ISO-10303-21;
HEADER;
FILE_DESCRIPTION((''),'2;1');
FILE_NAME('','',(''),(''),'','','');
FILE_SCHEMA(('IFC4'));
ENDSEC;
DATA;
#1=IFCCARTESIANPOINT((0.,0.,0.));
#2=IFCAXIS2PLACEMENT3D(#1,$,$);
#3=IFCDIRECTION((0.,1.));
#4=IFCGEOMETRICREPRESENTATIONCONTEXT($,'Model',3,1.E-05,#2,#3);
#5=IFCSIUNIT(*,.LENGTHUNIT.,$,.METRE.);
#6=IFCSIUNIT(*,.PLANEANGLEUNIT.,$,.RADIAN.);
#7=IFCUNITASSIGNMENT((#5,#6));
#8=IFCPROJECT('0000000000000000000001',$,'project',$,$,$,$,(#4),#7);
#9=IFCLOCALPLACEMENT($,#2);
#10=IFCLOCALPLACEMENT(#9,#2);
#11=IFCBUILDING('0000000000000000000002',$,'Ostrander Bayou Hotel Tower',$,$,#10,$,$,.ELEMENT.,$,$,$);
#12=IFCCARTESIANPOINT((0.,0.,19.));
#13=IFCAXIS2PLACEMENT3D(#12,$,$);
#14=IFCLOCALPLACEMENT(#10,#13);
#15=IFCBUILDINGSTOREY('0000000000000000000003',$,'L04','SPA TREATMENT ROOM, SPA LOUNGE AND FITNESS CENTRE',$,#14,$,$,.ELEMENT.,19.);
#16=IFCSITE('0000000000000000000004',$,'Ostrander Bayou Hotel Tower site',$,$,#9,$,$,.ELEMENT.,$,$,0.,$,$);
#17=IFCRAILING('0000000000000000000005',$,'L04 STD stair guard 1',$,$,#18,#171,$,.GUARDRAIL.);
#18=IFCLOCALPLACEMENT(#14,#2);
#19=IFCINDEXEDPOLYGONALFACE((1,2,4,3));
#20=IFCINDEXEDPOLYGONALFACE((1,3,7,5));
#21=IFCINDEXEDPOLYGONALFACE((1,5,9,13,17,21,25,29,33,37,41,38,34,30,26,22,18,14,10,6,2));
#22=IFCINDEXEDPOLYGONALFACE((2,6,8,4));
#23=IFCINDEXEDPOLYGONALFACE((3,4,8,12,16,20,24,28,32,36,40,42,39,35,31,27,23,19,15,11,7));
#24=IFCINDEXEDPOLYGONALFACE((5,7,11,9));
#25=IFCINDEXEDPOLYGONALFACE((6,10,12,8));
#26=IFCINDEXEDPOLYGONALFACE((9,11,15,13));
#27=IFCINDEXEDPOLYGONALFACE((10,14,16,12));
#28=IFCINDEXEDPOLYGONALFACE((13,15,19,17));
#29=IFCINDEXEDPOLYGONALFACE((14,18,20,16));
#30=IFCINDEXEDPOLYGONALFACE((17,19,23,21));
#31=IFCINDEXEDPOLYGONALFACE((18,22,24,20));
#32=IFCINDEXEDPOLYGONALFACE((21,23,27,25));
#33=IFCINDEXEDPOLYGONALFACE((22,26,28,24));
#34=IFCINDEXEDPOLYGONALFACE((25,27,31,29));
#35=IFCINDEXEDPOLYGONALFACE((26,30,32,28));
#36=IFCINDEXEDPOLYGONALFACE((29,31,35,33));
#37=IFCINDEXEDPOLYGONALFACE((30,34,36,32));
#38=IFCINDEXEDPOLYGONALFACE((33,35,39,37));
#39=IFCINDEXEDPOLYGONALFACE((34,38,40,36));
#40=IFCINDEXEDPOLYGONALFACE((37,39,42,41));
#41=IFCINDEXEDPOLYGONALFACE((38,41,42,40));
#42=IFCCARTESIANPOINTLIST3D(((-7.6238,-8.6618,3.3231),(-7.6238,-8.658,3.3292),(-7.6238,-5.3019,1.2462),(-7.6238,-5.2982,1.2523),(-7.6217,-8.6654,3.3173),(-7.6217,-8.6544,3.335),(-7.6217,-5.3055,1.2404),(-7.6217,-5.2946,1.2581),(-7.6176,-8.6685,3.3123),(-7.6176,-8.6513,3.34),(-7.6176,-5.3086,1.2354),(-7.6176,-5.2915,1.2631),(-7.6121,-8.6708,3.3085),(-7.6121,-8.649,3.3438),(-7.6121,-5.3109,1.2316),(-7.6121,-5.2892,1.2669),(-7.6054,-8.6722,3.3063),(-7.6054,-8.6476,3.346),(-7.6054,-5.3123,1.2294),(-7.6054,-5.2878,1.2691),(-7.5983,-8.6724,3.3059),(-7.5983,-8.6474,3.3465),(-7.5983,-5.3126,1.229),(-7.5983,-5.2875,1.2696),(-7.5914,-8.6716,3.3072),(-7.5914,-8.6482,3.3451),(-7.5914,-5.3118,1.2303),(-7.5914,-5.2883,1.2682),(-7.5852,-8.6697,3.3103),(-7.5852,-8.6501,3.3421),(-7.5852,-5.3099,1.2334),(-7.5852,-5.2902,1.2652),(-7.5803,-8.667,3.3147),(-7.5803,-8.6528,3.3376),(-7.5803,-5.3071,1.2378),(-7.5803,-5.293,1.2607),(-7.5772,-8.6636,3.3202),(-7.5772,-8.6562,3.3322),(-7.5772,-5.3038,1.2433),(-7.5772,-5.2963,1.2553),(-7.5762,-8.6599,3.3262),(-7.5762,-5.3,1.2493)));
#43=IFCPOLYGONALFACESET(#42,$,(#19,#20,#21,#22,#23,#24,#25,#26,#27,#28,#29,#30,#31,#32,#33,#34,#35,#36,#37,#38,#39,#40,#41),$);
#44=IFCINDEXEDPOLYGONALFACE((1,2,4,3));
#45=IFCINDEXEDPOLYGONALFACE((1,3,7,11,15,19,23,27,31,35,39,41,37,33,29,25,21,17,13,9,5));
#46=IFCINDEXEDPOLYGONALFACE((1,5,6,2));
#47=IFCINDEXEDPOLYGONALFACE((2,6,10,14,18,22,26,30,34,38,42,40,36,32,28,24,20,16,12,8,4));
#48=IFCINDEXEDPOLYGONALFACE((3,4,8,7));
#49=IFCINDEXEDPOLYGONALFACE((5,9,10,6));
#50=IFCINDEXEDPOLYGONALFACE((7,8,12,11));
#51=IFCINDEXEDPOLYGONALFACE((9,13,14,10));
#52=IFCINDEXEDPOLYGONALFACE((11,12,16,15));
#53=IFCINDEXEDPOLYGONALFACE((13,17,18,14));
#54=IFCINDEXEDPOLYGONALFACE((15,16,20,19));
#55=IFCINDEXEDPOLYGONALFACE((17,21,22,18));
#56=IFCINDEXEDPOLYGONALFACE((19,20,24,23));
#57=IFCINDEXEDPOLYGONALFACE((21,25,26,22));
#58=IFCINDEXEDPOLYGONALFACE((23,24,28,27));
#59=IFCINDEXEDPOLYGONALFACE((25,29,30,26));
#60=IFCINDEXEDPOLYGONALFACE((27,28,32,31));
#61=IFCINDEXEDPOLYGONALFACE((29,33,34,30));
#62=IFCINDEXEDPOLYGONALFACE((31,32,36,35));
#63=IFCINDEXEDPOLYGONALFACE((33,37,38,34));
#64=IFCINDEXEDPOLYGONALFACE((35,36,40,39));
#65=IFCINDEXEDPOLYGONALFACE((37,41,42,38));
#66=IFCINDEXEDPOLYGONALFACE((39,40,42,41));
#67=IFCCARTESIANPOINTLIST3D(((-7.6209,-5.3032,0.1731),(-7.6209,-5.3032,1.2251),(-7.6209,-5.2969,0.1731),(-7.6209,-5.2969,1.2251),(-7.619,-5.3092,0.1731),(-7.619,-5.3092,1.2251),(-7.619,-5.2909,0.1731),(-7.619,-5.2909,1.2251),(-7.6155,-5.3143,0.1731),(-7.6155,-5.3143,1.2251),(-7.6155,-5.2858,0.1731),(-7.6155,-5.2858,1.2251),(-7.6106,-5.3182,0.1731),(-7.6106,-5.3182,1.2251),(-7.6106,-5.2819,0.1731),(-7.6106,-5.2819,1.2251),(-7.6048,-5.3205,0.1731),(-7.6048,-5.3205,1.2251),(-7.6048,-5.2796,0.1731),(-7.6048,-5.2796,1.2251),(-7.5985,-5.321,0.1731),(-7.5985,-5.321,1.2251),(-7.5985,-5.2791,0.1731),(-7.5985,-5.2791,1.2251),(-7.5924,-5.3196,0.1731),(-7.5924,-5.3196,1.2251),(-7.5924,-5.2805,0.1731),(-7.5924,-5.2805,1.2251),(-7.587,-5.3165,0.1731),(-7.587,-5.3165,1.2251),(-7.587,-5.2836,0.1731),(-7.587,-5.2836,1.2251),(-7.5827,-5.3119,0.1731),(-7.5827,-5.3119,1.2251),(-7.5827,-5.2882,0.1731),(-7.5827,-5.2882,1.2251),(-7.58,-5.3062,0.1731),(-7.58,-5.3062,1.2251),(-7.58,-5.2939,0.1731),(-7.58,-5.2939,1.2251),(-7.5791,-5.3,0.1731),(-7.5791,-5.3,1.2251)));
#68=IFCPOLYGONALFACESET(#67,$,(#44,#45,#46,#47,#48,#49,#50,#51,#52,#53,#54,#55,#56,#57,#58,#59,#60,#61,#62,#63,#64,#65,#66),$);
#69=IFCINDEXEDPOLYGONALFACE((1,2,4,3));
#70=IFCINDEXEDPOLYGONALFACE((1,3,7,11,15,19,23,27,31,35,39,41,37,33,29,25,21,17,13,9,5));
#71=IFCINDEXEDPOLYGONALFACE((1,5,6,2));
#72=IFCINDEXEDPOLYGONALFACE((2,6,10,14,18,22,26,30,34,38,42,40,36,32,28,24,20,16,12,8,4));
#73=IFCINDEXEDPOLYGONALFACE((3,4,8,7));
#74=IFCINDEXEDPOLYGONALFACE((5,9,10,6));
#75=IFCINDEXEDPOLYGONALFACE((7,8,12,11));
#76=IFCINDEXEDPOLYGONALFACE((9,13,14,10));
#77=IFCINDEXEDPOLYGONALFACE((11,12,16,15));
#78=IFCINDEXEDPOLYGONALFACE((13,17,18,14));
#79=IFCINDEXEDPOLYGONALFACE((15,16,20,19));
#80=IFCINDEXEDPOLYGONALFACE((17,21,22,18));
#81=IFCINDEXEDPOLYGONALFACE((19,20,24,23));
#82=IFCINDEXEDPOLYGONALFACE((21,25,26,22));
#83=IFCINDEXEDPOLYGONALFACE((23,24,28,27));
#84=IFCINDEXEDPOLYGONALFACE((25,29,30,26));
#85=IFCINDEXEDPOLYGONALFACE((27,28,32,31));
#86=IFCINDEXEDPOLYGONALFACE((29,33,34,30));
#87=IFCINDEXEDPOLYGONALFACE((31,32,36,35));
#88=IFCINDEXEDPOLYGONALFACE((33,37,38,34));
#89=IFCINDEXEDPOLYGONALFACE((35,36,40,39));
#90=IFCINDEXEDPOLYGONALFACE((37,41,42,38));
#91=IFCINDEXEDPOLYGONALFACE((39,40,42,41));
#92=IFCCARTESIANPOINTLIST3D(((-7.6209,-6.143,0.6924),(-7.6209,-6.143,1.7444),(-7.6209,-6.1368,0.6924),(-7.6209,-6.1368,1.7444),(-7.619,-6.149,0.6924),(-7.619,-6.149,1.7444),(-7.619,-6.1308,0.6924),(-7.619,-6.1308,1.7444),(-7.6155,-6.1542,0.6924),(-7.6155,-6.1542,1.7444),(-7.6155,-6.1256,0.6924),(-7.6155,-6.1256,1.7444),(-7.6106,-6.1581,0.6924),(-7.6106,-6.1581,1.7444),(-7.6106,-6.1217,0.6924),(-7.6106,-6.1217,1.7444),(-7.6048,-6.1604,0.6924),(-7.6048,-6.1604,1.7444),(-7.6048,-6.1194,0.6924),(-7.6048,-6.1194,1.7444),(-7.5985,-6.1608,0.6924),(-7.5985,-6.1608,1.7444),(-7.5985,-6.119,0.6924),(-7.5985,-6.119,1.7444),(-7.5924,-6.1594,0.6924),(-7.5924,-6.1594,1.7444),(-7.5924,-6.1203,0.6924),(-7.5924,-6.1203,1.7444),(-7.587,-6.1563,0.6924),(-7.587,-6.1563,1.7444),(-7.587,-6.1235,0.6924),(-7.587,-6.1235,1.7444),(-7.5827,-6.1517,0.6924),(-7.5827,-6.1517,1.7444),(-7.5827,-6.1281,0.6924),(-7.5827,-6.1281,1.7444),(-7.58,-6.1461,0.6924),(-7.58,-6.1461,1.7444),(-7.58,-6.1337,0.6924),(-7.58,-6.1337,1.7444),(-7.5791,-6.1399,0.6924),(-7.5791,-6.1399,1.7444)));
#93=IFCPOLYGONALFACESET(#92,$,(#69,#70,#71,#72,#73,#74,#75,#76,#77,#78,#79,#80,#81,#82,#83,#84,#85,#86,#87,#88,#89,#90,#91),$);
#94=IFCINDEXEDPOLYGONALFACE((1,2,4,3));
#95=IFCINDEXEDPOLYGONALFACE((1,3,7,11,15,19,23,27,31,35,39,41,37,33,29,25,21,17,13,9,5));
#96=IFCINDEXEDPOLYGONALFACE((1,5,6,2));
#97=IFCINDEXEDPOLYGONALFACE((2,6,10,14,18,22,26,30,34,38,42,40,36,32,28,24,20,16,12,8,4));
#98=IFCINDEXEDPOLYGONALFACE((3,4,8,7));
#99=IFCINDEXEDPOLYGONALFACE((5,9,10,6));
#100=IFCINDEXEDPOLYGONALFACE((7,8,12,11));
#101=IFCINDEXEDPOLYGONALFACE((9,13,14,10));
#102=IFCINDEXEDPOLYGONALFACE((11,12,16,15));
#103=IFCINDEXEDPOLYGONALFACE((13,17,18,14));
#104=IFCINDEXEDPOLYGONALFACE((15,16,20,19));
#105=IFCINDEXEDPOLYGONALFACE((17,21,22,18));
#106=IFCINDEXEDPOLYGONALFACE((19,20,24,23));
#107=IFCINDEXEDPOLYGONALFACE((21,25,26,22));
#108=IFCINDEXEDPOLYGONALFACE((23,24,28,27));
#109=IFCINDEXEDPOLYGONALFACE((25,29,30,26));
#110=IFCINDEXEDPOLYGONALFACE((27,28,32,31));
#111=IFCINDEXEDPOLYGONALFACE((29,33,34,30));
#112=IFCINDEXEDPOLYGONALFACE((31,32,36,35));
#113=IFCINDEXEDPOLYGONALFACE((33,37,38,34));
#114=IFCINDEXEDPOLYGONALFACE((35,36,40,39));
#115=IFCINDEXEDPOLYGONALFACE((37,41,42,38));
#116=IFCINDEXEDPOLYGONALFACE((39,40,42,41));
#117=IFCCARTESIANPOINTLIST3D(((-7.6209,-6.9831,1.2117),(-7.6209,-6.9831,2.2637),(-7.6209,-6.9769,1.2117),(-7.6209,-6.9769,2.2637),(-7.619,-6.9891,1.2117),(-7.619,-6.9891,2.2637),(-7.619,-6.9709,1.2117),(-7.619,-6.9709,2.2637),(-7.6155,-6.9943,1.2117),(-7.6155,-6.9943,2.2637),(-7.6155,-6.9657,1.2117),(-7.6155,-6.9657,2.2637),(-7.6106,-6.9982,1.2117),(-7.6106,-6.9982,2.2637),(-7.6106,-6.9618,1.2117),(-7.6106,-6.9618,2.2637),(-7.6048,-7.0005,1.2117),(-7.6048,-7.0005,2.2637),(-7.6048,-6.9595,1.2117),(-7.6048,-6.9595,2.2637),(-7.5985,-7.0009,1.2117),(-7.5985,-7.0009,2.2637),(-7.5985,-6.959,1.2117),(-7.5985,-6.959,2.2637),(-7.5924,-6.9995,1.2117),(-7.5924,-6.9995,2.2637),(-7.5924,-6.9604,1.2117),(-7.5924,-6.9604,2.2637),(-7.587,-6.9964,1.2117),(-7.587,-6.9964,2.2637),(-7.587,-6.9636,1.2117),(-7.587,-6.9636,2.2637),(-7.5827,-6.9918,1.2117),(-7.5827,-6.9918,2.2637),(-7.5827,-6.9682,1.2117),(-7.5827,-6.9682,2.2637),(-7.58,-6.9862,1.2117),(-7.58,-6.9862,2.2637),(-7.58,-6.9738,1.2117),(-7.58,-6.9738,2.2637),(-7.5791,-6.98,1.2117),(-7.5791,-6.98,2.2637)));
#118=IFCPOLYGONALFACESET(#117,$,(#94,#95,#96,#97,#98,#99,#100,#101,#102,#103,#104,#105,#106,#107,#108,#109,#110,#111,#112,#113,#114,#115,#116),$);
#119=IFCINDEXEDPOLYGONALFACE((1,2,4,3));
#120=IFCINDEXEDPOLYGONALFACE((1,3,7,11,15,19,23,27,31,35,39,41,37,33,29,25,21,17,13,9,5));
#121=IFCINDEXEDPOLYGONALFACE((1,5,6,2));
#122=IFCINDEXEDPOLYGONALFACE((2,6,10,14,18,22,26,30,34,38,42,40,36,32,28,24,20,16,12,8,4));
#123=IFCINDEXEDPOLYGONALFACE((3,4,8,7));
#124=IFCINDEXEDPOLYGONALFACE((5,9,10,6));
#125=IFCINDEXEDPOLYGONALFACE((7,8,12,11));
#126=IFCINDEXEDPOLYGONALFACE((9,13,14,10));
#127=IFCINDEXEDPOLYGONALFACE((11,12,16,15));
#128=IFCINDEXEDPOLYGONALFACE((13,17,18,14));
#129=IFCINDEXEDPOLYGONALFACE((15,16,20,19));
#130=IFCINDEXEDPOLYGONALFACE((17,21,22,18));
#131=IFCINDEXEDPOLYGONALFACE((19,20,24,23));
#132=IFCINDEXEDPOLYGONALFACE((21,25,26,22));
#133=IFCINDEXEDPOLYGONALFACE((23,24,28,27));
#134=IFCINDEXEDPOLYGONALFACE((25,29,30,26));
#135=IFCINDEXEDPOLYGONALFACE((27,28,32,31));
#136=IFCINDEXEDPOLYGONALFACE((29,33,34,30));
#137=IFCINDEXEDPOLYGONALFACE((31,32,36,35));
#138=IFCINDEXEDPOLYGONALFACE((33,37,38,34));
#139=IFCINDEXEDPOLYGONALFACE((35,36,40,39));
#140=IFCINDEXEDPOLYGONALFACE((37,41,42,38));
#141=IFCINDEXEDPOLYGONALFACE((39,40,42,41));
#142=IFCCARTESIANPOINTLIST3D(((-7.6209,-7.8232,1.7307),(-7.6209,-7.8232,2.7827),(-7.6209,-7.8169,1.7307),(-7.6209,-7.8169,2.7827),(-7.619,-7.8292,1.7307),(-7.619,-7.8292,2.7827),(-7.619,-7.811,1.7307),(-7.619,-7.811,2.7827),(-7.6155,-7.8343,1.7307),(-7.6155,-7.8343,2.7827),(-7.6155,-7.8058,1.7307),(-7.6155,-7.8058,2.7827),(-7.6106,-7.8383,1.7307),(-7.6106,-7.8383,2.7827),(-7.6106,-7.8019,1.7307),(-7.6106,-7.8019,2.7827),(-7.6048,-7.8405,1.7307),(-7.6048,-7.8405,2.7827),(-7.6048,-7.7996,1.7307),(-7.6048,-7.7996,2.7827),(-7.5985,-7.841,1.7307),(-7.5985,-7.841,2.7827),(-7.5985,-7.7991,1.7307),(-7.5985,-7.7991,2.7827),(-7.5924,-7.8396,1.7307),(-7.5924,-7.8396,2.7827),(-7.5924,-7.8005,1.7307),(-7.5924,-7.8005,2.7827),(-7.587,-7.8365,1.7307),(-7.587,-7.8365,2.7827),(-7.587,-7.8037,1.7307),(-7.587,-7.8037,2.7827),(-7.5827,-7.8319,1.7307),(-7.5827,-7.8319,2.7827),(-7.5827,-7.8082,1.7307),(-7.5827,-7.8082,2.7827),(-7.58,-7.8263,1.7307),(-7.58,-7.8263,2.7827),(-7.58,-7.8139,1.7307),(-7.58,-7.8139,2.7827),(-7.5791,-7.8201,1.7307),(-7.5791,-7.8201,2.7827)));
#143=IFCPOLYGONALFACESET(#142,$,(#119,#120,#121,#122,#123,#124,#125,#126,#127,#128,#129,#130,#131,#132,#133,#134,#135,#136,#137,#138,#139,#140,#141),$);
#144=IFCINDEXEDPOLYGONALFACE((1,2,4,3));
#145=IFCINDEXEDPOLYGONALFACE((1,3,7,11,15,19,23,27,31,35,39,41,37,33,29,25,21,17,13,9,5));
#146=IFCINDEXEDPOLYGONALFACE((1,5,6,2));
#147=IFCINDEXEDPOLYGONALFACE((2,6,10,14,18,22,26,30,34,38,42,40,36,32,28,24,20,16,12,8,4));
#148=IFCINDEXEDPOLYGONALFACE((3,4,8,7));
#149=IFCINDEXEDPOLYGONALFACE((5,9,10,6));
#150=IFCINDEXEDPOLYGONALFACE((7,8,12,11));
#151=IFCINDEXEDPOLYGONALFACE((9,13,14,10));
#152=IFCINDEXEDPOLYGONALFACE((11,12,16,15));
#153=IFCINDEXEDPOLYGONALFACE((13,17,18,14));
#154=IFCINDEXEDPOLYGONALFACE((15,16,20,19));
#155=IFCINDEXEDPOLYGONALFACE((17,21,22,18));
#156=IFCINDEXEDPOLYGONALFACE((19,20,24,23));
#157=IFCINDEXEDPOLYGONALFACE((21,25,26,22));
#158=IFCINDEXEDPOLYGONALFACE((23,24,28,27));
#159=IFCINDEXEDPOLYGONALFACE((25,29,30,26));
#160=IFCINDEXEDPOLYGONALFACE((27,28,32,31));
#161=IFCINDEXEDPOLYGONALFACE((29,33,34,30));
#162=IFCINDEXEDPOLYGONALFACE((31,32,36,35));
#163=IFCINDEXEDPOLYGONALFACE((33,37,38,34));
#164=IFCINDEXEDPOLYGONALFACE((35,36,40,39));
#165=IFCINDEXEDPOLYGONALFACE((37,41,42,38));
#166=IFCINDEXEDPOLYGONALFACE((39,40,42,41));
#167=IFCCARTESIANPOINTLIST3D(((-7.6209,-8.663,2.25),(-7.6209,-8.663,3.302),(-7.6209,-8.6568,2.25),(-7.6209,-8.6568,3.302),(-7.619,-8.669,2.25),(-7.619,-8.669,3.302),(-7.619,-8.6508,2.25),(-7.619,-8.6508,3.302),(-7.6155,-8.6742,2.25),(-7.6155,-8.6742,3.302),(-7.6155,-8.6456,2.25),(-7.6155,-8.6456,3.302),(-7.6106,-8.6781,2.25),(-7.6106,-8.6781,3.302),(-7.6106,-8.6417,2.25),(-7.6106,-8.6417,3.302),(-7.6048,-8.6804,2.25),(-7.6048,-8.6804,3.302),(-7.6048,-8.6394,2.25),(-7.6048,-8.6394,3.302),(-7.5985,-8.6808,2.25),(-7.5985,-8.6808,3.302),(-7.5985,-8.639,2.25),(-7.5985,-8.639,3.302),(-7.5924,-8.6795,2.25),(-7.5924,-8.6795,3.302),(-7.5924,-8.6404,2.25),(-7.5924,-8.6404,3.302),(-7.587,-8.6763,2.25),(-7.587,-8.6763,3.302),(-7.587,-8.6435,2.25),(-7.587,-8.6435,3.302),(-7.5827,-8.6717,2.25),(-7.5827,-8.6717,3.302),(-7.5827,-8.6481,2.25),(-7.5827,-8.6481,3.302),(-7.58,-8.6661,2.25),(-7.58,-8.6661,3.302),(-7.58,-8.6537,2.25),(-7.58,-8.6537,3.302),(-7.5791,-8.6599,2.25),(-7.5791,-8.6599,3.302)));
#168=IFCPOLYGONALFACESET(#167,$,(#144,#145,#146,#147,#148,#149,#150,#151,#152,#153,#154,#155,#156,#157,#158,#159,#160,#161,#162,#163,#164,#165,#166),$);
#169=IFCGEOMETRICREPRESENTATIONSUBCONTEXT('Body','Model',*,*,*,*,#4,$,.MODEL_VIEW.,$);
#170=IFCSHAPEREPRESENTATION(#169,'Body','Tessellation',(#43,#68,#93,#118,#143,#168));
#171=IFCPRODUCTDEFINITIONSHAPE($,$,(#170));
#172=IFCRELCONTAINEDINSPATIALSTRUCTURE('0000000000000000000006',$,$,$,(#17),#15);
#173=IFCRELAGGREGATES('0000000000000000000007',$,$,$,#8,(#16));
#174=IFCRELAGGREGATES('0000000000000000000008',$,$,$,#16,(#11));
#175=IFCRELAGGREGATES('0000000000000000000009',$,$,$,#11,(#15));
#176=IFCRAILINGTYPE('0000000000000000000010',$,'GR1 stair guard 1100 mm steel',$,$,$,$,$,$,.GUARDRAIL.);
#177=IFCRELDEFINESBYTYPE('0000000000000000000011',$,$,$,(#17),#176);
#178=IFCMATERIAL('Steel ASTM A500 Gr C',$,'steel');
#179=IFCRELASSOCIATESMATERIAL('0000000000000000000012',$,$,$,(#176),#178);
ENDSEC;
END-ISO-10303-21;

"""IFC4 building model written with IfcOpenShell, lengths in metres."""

from ifc_helpers import new_model, si_unit, direction, frame, origin, origin_2d, place, context, subcontext, project, spatial, circle, extrude, material, type_object, element, save


model = new_model("IFC4")

# Units and contexts
model_context = context("Model", 3, precision=1e-05, world=origin(), true_north=direction((0.0, 1.0)))
body_context = subcontext(model_context, "Body", "Model", "MODEL_VIEW")
ifc_project = project(units=[si_unit("LENGTHUNIT", "METRE"), si_unit("PLANEANGLEUNIT", "RADIAN")], contexts=[model_context])

# Site, building, storey
site_placement = place(None, origin())
site = spatial("IfcSite", under=ifc_project, at=site_placement, Name="Ostrander Bayou Hotel Tower site", CompositionType="ELEMENT", RefElevation=0.0)
building_placement = place(site_placement, origin())
building = spatial("IfcBuilding", under=site, at=building_placement, Name="Ostrander Bayou Hotel Tower", CompositionType="ELEMENT")
storey_placement = place(building_placement, frame((0.0, 0.0, 19.0)))
storey = spatial("IfcBuildingStorey", under=building, at=storey_placement, Name="L04", Description="SPA TREATMENT ROOM, SPA LOUNGE AND FITNESS CENTRE", CompositionType="ELEMENT", Elevation=19.0)

# Railing
ifc_material_1 = material(Name="Steel ASTM A500 Gr C", Category="steel")
railing_type_1 = type_object("IfcRailingType", Name="GR1 stair guard 1100 mm steel", PredefinedType="GUARDRAIL", material=ifc_material_1)
railing_1_placement = place(storey_placement, frame((-7.6001, -5.3, 0.1731)))
element("IfcRailing", 1, at=railing_1_placement, inside=storey, type_object=railing_type_1, Name="L04 STD stair guard 1", PredefinedType="GUARDRAIL", context=body_context, shape_type="SweptSolid", body=[
    extrude(circle(Radius=0.0239, at=origin_2d()), frame((0.0, 0.0, 1.0762), z_axis=(0.0, -0.850606, 0.525803), x_axis=(1.0, 0.0, 0.0)), (0.0, 0.0, 1.0), 3.95),
    extrude(circle(Radius=0.021, at=origin_2d()), origin(), (0.0, 0.0, 1.0), 1.052),
    extrude(circle(Radius=0.021, at=origin_2d()), frame((0.0, -0.8398, 0.5193)), (0.0, 0.0, 1.0), 1.052),
    extrude(circle(Radius=0.021, at=origin_2d()), frame((0.0, -1.6799, 1.0386)), (0.0, 0.0, 1.0), 1.052),
    extrude(circle(Radius=0.021, at=origin_2d()), frame((0.0, -2.52, 1.5576)), (0.0, 0.0, 1.0), 1.052),
    extrude(circle(Radius=0.021, at=origin_2d()), frame((0.0, -3.3599, 2.0769)), (0.0, 0.0, 1.0), 1.052),
])

save(model, "model.ifc")
